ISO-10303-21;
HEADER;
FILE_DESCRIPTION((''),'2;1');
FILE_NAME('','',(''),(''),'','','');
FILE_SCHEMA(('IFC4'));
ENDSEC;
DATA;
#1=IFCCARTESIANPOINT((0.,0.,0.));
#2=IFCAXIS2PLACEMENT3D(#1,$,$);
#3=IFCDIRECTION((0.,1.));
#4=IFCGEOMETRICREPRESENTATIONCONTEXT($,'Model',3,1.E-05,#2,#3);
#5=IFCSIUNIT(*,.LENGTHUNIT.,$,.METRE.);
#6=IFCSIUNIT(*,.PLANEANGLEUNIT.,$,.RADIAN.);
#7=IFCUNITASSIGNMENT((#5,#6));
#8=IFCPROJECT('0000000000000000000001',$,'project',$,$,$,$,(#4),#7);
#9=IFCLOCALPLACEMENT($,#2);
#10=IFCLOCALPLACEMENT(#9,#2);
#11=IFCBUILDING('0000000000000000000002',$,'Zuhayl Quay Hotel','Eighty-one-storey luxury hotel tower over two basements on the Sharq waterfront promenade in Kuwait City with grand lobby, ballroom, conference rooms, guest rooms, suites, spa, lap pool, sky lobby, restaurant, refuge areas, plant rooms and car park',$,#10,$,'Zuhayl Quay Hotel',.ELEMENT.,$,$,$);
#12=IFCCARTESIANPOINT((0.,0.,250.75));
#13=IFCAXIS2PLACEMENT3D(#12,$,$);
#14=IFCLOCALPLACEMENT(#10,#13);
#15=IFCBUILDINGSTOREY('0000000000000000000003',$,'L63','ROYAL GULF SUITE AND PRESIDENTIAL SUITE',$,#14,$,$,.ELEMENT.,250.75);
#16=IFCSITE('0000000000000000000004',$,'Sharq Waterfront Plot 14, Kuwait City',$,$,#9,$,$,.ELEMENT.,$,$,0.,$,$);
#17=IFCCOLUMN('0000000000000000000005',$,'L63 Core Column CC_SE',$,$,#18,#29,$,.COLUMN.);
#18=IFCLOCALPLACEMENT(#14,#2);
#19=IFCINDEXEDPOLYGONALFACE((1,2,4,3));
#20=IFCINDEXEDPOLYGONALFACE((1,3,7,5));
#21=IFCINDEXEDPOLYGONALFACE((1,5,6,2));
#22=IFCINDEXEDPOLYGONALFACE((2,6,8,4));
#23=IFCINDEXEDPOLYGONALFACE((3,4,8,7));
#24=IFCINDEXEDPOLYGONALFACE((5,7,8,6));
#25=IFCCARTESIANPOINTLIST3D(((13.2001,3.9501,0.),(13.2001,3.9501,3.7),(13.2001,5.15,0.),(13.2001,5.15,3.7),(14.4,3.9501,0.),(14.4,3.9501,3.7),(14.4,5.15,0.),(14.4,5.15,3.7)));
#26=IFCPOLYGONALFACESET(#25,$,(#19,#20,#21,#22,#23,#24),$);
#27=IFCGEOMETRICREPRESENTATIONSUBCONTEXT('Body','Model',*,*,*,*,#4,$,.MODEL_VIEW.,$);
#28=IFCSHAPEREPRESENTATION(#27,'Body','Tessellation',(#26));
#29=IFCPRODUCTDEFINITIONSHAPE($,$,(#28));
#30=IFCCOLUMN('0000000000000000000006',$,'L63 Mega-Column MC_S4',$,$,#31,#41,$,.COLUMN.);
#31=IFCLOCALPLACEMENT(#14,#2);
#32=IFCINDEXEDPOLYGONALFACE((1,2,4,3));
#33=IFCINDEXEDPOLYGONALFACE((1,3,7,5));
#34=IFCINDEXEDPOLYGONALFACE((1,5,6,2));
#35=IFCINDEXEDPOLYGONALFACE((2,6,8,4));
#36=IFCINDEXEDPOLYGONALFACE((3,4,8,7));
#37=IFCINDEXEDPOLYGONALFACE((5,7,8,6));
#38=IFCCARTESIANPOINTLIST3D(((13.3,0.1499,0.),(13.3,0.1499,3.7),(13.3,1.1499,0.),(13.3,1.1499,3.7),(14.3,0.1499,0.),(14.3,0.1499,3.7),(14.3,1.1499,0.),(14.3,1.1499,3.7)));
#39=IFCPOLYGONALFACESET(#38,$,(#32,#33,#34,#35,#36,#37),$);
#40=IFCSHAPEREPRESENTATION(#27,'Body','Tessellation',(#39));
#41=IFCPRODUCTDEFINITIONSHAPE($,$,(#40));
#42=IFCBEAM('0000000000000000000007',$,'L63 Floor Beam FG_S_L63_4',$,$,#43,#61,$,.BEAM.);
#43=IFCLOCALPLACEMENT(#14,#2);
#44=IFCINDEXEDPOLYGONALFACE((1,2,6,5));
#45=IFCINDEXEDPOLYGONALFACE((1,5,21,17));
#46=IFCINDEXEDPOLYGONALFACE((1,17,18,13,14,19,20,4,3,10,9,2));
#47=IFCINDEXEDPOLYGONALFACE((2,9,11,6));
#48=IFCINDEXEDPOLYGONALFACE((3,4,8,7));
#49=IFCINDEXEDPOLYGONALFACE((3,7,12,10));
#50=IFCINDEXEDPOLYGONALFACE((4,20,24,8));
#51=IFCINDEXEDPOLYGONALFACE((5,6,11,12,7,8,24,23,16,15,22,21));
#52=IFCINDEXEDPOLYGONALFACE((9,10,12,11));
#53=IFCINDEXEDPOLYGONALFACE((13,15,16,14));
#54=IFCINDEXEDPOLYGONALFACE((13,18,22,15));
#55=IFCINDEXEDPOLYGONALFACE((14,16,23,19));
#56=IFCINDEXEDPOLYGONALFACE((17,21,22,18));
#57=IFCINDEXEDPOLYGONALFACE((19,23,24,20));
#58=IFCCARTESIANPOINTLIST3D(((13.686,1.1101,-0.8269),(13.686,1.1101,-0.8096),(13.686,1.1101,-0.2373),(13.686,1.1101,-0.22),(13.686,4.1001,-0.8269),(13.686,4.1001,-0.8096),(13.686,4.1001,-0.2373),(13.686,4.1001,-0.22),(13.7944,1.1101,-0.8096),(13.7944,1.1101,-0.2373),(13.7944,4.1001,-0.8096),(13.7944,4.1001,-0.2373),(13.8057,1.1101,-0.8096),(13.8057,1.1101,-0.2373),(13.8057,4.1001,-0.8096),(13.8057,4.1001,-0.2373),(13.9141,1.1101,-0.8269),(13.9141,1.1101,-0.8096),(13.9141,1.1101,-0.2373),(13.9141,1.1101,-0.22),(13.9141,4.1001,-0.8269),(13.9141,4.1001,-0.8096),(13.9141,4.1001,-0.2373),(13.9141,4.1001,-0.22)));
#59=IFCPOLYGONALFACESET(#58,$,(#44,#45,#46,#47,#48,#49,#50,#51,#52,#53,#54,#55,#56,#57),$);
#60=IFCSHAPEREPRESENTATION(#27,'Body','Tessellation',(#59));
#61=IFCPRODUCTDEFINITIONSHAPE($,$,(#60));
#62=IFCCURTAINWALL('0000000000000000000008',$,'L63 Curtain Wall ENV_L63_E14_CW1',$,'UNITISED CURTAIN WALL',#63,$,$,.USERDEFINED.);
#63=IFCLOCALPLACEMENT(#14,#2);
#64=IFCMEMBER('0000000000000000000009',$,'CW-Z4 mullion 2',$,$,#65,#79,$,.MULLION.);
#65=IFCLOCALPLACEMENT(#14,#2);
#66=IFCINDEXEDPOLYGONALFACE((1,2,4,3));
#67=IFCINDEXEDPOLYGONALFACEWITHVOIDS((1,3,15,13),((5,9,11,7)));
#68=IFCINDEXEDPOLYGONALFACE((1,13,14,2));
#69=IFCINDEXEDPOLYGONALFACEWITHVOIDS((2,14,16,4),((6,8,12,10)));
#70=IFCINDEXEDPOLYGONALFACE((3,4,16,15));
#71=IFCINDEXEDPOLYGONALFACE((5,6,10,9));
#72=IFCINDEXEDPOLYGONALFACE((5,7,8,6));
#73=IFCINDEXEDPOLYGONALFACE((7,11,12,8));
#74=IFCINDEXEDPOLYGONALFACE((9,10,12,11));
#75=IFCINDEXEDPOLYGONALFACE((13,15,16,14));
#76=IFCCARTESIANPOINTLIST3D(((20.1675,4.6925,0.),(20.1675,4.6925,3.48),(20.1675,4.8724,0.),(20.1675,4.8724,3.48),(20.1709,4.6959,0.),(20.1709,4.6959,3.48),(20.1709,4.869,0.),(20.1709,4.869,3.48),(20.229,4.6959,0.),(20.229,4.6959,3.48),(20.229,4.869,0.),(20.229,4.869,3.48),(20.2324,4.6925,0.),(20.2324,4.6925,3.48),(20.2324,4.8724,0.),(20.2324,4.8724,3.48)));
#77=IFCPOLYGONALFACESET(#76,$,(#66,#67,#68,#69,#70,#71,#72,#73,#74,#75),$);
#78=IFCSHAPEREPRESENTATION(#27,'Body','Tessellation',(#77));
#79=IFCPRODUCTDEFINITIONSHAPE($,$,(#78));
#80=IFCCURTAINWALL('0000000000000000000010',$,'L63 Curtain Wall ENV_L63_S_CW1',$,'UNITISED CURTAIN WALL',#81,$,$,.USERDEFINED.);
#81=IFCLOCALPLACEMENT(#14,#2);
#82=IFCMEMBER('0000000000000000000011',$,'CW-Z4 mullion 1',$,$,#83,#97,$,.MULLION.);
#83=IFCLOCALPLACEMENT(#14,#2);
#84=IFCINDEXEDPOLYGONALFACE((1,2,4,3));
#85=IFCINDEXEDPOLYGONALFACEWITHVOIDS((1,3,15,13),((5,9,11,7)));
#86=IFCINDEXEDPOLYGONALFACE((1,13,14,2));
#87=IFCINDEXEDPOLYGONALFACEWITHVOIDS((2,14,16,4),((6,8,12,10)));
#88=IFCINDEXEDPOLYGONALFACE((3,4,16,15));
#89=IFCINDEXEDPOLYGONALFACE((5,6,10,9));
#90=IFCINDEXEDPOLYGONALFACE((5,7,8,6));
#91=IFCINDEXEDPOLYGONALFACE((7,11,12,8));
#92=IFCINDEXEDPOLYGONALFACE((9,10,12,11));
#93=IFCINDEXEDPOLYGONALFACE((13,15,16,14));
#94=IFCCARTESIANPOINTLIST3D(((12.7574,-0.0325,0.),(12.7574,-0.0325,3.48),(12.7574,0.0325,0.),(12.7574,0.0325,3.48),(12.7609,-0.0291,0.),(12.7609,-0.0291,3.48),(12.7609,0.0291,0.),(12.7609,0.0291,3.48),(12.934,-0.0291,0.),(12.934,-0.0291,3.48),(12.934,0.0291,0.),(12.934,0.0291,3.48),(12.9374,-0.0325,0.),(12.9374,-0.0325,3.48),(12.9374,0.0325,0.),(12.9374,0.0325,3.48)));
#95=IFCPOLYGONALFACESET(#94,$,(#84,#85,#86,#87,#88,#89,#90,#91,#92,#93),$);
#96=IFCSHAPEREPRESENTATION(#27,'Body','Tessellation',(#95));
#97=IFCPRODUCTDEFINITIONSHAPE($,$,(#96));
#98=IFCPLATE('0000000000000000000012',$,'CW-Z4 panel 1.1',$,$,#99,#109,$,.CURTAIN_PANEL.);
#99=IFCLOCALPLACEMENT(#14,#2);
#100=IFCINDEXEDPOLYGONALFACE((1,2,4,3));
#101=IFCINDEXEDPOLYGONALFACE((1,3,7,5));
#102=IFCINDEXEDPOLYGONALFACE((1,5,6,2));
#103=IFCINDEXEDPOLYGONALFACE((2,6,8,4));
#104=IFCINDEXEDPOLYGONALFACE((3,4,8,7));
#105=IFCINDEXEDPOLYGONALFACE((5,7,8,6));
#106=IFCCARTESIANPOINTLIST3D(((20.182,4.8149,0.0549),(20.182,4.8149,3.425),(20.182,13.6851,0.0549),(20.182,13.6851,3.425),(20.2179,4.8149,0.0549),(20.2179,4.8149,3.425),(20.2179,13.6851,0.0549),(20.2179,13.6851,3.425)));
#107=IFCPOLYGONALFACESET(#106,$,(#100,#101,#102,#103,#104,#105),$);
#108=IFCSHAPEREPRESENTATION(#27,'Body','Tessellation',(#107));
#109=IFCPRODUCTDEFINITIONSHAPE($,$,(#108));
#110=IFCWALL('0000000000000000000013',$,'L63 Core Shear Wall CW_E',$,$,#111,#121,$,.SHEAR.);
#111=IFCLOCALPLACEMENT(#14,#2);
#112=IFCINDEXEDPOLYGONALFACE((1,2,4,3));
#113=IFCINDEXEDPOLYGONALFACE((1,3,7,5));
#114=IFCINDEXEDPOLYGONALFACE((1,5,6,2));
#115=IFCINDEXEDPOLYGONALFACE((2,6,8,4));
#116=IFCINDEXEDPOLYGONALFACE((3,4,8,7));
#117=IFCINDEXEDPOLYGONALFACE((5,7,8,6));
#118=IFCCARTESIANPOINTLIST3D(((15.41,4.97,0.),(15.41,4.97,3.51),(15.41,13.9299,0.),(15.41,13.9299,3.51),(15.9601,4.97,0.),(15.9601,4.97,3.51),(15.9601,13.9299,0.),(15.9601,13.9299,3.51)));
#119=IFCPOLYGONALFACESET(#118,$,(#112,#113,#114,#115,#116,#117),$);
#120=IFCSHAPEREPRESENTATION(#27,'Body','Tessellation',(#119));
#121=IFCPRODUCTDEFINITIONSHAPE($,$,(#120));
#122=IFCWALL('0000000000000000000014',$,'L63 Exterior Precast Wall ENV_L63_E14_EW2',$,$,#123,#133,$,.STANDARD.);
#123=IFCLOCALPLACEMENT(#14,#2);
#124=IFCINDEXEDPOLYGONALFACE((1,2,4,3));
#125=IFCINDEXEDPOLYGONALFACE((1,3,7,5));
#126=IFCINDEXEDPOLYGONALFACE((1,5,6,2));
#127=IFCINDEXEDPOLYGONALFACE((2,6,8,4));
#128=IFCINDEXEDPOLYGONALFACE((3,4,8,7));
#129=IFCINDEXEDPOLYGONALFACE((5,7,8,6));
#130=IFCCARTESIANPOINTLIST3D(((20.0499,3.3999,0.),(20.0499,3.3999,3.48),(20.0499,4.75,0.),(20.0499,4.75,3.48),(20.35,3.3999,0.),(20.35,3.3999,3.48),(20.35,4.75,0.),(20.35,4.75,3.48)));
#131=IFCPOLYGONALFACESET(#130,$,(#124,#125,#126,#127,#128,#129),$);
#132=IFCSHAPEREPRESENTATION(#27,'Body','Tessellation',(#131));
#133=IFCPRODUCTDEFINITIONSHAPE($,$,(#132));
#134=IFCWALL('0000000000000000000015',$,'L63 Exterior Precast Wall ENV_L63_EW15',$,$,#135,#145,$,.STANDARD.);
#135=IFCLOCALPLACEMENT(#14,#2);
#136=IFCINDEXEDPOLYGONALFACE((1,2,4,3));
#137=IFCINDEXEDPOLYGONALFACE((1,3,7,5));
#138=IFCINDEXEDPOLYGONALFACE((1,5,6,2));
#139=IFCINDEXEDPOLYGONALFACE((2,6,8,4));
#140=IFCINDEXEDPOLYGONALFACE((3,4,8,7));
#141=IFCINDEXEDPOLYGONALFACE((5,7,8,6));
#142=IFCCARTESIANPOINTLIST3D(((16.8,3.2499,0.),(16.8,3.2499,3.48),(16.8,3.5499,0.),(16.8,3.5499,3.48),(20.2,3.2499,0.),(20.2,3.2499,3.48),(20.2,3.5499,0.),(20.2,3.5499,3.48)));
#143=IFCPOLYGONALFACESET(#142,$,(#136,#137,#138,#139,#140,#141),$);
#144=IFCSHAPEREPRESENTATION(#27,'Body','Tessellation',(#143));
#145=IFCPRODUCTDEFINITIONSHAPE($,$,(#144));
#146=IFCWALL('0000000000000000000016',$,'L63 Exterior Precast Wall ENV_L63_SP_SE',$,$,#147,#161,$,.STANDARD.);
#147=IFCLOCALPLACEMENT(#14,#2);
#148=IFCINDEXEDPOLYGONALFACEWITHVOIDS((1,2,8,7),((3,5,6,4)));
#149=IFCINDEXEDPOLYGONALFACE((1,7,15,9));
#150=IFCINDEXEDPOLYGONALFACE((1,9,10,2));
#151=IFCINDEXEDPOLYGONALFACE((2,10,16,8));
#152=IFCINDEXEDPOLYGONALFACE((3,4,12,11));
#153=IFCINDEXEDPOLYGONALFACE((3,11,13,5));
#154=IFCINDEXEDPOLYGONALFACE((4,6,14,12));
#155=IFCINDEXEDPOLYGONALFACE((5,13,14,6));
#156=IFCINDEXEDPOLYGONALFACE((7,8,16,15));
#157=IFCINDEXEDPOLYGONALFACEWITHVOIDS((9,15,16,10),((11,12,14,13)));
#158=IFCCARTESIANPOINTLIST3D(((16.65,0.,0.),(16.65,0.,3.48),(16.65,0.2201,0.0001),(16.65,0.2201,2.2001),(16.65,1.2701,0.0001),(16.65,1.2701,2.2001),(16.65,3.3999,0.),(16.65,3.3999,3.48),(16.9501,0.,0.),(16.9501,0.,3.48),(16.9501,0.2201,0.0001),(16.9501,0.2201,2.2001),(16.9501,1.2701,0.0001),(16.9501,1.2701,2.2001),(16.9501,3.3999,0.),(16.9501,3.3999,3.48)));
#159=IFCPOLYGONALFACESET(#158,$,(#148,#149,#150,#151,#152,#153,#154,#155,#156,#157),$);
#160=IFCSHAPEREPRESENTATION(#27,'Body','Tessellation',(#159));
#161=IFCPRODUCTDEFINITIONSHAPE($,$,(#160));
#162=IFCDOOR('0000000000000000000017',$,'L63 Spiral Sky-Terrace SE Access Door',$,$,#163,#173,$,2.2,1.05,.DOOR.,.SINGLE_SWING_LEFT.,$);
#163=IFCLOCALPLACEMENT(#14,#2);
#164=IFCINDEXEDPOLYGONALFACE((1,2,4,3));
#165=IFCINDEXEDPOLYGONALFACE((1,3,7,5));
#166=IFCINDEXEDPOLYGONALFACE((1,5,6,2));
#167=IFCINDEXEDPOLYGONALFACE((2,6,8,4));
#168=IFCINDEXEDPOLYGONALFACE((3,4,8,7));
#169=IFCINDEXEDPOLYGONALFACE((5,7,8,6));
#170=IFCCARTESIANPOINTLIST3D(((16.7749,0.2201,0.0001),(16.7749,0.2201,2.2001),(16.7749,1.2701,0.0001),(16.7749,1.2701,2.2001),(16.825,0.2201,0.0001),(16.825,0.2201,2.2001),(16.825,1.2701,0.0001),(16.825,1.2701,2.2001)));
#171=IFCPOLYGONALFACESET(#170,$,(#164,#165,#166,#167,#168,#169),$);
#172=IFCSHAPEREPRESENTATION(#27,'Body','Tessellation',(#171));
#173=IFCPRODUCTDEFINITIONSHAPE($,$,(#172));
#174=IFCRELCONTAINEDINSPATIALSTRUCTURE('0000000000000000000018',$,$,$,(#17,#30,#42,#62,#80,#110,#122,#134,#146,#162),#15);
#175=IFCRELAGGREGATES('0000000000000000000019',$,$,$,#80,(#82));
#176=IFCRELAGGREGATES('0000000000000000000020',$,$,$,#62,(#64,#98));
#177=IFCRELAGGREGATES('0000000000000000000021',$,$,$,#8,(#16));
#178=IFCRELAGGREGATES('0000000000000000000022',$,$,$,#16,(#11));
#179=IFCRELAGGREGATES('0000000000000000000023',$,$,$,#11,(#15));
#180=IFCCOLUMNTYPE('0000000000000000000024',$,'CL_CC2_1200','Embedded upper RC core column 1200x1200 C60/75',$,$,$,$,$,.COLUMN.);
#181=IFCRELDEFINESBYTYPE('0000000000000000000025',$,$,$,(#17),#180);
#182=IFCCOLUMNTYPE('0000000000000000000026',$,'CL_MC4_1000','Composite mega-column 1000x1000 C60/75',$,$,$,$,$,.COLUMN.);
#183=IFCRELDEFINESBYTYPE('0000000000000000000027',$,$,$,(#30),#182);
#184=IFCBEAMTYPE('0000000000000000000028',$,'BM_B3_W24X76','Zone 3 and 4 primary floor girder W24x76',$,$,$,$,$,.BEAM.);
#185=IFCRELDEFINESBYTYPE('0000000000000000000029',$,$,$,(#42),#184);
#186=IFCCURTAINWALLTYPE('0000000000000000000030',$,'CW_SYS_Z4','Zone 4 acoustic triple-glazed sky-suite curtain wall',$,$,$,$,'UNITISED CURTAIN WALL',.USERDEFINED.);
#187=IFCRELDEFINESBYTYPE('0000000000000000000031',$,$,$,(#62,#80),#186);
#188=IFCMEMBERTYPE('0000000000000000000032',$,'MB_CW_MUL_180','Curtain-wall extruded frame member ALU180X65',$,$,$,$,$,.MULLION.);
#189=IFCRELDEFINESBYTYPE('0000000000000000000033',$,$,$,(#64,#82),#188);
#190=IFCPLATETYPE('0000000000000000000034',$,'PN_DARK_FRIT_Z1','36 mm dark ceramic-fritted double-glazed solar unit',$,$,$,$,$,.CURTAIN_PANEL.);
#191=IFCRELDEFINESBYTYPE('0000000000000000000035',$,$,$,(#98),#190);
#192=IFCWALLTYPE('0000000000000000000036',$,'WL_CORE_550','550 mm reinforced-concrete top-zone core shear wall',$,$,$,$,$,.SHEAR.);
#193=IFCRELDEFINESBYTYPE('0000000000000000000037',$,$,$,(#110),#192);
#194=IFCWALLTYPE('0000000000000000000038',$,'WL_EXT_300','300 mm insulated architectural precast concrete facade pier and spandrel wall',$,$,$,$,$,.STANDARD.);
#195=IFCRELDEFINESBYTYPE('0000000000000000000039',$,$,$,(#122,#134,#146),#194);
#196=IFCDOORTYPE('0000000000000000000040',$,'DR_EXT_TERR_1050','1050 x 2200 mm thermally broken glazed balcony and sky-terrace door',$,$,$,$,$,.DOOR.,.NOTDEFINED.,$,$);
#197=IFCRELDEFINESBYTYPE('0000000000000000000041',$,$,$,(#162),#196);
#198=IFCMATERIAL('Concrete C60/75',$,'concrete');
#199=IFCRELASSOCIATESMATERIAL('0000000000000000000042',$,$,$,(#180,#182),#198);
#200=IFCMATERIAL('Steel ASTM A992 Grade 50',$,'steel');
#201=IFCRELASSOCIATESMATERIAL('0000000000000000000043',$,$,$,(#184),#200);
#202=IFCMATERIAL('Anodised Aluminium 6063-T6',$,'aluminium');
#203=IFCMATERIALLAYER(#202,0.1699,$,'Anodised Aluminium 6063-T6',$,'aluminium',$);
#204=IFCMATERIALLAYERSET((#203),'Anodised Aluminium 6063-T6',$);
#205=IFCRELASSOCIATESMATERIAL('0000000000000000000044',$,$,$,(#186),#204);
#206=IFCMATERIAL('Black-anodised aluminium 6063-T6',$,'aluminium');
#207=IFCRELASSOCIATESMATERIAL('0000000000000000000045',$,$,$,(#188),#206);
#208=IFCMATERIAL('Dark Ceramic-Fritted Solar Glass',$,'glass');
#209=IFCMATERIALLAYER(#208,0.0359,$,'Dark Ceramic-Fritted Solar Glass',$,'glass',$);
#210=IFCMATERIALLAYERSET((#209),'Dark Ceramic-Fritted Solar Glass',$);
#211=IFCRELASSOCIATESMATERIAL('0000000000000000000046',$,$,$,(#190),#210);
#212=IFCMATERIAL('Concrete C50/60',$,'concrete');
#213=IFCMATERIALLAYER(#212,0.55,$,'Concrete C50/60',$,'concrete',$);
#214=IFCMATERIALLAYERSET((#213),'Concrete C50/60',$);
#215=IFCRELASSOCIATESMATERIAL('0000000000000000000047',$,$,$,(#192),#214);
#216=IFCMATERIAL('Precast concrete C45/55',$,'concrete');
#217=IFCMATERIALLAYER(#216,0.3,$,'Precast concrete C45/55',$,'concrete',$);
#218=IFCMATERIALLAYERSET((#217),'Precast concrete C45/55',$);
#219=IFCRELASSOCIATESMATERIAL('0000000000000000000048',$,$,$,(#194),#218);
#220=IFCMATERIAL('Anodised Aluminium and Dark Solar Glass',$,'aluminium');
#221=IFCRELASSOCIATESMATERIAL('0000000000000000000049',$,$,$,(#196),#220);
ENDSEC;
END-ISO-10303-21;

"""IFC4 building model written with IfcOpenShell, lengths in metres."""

from ifc_helpers import new_model, si_unit, direction, frame, frame_2d, origin, origin_2d, place, context, subcontext, project, spatial, rectangle, hollow_rectangle, i_section, extrude, material, layer, layer_set, material_profile, profile_set, type_object, element, fill, aggregate, save


model = new_model("IFC4")

# Units and contexts
model_context = context("Model", 3, precision=1e-05, world=origin(), true_north=direction((0.0, 1.0)))
body_context = subcontext(model_context, "Body", "Model", "MODEL_VIEW")
ifc_project = project(units=[si_unit("LENGTHUNIT", "METRE"), si_unit("PLANEANGLEUNIT", "RADIAN")], contexts=[model_context])

# Site, building, storey
site_placement = place(None, origin())
site = spatial("IfcSite", under=ifc_project, at=site_placement, Name="Sharq Waterfront Plot 14, Kuwait City", CompositionType="ELEMENT", RefElevation=0.0)
building_placement = place(site_placement, origin())
building = spatial("IfcBuilding", under=site, at=building_placement, Name="Zuhayl Quay Hotel", Description="Eighty-one-storey luxury hotel tower over two basements on the Sharq waterfront promenade in Kuwait City with grand lobby, ballroom, conference rooms, guest rooms, suites, spa, lap pool, sky lobby, restaurant, refuge areas, plant rooms and car park", LongName="Zuhayl Quay Hotel", CompositionType="ELEMENT")
storey_placement = place(building_placement, frame((0.0, 0.0, 250.75)))
storey = spatial("IfcBuildingStorey", under=building, at=storey_placement, Name="L63", Description="ROYAL GULF SUITE AND PRESIDENTIAL SUITE", CompositionType="ELEMENT", Elevation=250.75)

# Columns
ifc_material_1 = material(Name="Concrete C60/75", Category="concrete")
ifc_material_profile_1 = material_profile(ifc_material_1, rectangle(XDim=1.2, YDim=1.2, at=origin_2d()), Name="RC1200X1200")
ifc_profile_set_1 = profile_set([ifc_material_profile_1], Name="Concrete C60/75")
column_type_1 = type_object("IfcColumnType", Name="CL_CC2_1200", Description="Embedded upper RC core column 1200x1200 C60/75", PredefinedType="COLUMN", material=ifc_profile_set_1)
column_1_placement = place(storey_placement, frame((13.8, 4.55, 0.0), z_axis=(0.0, 0.0, 1.0), x_axis=(1.0, 0.0, 0.0)))
element("IfcColumn", 1, at=column_1_placement, inside=storey, type_object=column_type_1, Name="L63 Core Column CC_SE", PredefinedType="COLUMN", context=body_context, shape_type="SweptSolid", body=[
    extrude(rectangle(XDim=1.2, YDim=1.2, at=origin_2d()), origin(), (0.0, 0.0, 1.0), 3.7),
])
ifc_material_profile_2 = material_profile(ifc_material_1, rectangle(XDim=1.0, YDim=1.0, at=origin_2d()), Name="RC1000X1000")
ifc_profile_set_2 = profile_set([ifc_material_profile_2], Name="Concrete C60/75")
column_type_2 = type_object("IfcColumnType", Name="CL_MC4_1000", Description="Composite mega-column 1000x1000 C60/75", PredefinedType="COLUMN", material=ifc_profile_set_2)
column_2_placement = place(storey_placement, frame((13.8, 0.6499, 0.0), z_axis=(0.0, 0.0, 1.0), x_axis=(1.0, 0.0, 0.0)))
element("IfcColumn", 2, at=column_2_placement, inside=storey, type_object=column_type_2, Name="L63 Mega-Column MC_S4", PredefinedType="COLUMN", context=body_context, shape_type="SweptSolid", body=[
    extrude(rectangle(XDim=1.0, YDim=1.0, at=origin_2d()), origin(), (0.0, 0.0, 1.0), 3.7),
])

# Beam
ifc_material_2 = material(Name="Steel ASTM A992 Grade 50", Category="steel")
ifc_material_profile_3 = material_profile(ifc_material_2, i_section(OverallWidth=0.228, OverallDepth=0.6069, WebThickness=0.0112, FlangeThickness=0.0173, at=origin_2d()), Name="W24X76")
ifc_profile_set_3 = profile_set([ifc_material_profile_3], Name="Steel ASTM A992 Grade 50")
beam_type = type_object("IfcBeamType", Name="BM_B3_W24X76", Description="Zone 3 and 4 primary floor girder W24x76", PredefinedType="BEAM", material=ifc_profile_set_3)
beam_placement = place(storey_placement, frame((13.8, 1.1101, -0.5234), z_axis=(0.0, 1.0, 0.0), x_axis=(-1.0, 0.0, 0.0)))
element("IfcBeam", 3, at=beam_placement, inside=storey, type_object=beam_type, Name="L63 Floor Beam FG_S_L63_4", PredefinedType="BEAM", context=body_context, shape_type="SweptSolid", body=[
    extrude(i_section(OverallWidth=0.228, OverallDepth=0.6069, WebThickness=0.0112, FlangeThickness=0.0173, at=origin_2d()), origin(), (0.0, 0.0, 1.0), 2.99),
])

# Curtain walls, members
ifc_material_3 = material(Name="Anodised Aluminium 6063-T6", Category="aluminium")
ifc_layer_1 = layer(ifc_material_3, 0.1699, Name="Anodised Aluminium 6063-T6", Category="aluminium")
ifc_layer_set_1 = layer_set([ifc_layer_1], Name="Anodised Aluminium 6063-T6")
curtain_wall_type = type_object("IfcCurtainWallType", Name="CW_SYS_Z4", Description="Zone 4 acoustic triple-glazed sky-suite curtain wall", ElementType="UNITISED CURTAIN WALL", PredefinedType="USERDEFINED", material=ifc_layer_set_1)
curtain_wall_1_placement = place(storey_placement, origin())
curtain_wall_1 = element("IfcCurtainWall", 4, at=curtain_wall_1_placement, inside=storey, type_object=curtain_wall_type, Name="L63 Curtain Wall ENV_L63_E14_CW1", ObjectType="UNITISED CURTAIN WALL", PredefinedType="USERDEFINED")
ifc_material_4 = material(Name="Black-anodised aluminium 6063-T6", Category="aluminium")
ifc_material_profile_4 = material_profile(ifc_material_4, hollow_rectangle(XDim=0.0649, YDim=0.1799, WallThickness=0.0034, at=origin_2d()), Name="ALU180X65")
ifc_profile_set_4 = profile_set([ifc_material_profile_4], Name="Black-anodised aluminium 6063-T6")
member_type = type_object("IfcMemberType", Name="MB_CW_MUL_180", Description="Curtain-wall extruded frame member ALU180X65", PredefinedType="MULLION", material=ifc_profile_set_4)
member_1_placement = place(storey_placement, frame((20.2, 4.7825, 0.0), z_axis=(0.0, 0.0, 1.0), x_axis=(1.0, 0.0, 0.0)))
member_1 = element("IfcMember", 5, at=member_1_placement, type_object=member_type, Name="CW-Z4 mullion 2", PredefinedType="MULLION", context=body_context, shape_type="SweptSolid", body=[
    extrude(hollow_rectangle(XDim=0.0649, YDim=0.1799, WallThickness=0.0034, at=origin_2d()), origin(), (0.0, 0.0, 1.0), 3.48),
])
curtain_wall_2_placement = place(storey_placement, origin())
curtain_wall_2 = element("IfcCurtainWall", 6, at=curtain_wall_2_placement, inside=storey, type_object=curtain_wall_type, Name="L63 Curtain Wall ENV_L63_S_CW1", ObjectType="UNITISED CURTAIN WALL", PredefinedType="USERDEFINED")
member_2_placement = place(storey_placement, frame((12.8474, 0.0, 0.0), z_axis=(0.0, 0.0, 1.0), x_axis=(0.0, -1.0, 0.0)))
member_2 = element("IfcMember", 7, at=member_2_placement, type_object=member_type, Name="CW-Z4 mullion 1", PredefinedType="MULLION", context=body_context, shape_type="SweptSolid", body=[
    extrude(hollow_rectangle(XDim=0.0649, YDim=0.1799, WallThickness=0.0034, at=origin_2d()), origin(), (0.0, 0.0, 1.0), 3.48),
])
aggregate(curtain_wall_2, [member_2])

# Plate
ifc_material_5 = material(Name="Dark Ceramic-Fritted Solar Glass", Category="glass")
ifc_layer_2 = layer(ifc_material_5, 0.0359, Name="Dark Ceramic-Fritted Solar Glass", Category="glass")
ifc_layer_set_2 = layer_set([ifc_layer_2], Name="Dark Ceramic-Fritted Solar Glass")
plate_type = type_object("IfcPlateType", Name="PN_DARK_FRIT_Z1", Description="36 mm dark ceramic-fritted double-glazed solar unit", PredefinedType="CURTAIN_PANEL", material=ifc_layer_set_2)
plate_placement = place(storey_placement, frame((20.2, 9.25, 0.0549), z_axis=(0.0, 0.0, 1.0), x_axis=(0.0, -1.0, 0.0)))
plate = element("IfcPlate", 8, at=plate_placement, type_object=plate_type, Name="CW-Z4 panel 1.1", PredefinedType="CURTAIN_PANEL", context=body_context, shape_type="SweptSolid", body=[
    extrude(rectangle(XDim=8.8701, YDim=0.0359, at=origin_2d()), origin(), (0.0, 0.0, 1.0), 3.3701),
])
aggregate(curtain_wall_1, [member_1, plate])

# Walls
ifc_material_6 = material(Name="Concrete C50/60", Category="concrete")
ifc_layer_3 = layer(ifc_material_6, 0.55, Name="Concrete C50/60", Category="concrete")
ifc_layer_set_3 = layer_set([ifc_layer_3], Name="Concrete C50/60")
wall_type_1 = type_object("IfcWallType", Name="WL_CORE_550", Description="550 mm reinforced-concrete top-zone core shear wall", PredefinedType="SHEAR", material=ifc_layer_set_3)
wall_1_placement = place(storey_placement, frame((15.6851, 4.97, 0.0), z_axis=(0.0, 0.0, 1.0), x_axis=(0.0, 1.0, 0.0)))
element("IfcWall", 9, at=wall_1_placement, inside=storey, type_object=wall_type_1, Name="L63 Core Shear Wall CW_E", PredefinedType="SHEAR", context=body_context, shape_type="SweptSolid", body=[
    extrude(rectangle(XDim=8.96, YDim=0.55, at=frame_2d((4.48, 0.0))), origin(), (0.0, 0.0, 1.0), 3.51),
])
ifc_material_7 = material(Name="Precast concrete C45/55", Category="concrete")
ifc_layer_4 = layer(ifc_material_7, 0.3, Name="Precast concrete C45/55", Category="concrete")
ifc_layer_set_4 = layer_set([ifc_layer_4], Name="Precast concrete C45/55")
wall_type_2 = type_object("IfcWallType", Name="WL_EXT_300", Description="300 mm insulated architectural precast concrete facade pier and spandrel wall", PredefinedType="STANDARD", material=ifc_layer_set_4)
wall_2_placement = place(storey_placement, frame((20.2, 4.75, 0.0), z_axis=(0.0, 0.0, 1.0), x_axis=(0.0, -1.0, 0.0)))
element("IfcWall", 10, at=wall_2_placement, inside=storey, type_object=wall_type_2, Name="L63 Exterior Precast Wall ENV_L63_E14_EW2", PredefinedType="STANDARD", context=body_context, shape_type="SweptSolid", body=[
    extrude(rectangle(XDim=1.3501, YDim=0.3, at=frame_2d((0.675, 0.0))), origin(), (0.0, 0.0, 1.0), 3.48),
])
wall_3_placement = place(storey_placement, frame((20.2, 3.3999, 0.0), z_axis=(0.0, 0.0, 1.0), x_axis=(-1.0, 0.0, 0.0)))
element("IfcWall", 11, at=wall_3_placement, inside=storey, type_object=wall_type_2, Name="L63 Exterior Precast Wall ENV_L63_EW15", PredefinedType="STANDARD", context=body_context, shape_type="SweptSolid", body=[
    extrude(rectangle(XDim=3.3999, YDim=0.3, at=frame_2d((1.7, 0.0))), origin(), (0.0, 0.0, 1.0), 3.48),
])

# Wall, opening, door
wall_4_placement = place(storey_placement, frame((16.8, 3.3999, 0.0), z_axis=(0.0, 0.0, 1.0), x_axis=(0.0, -1.0, 0.0)))
wall_4 = element("IfcWall", 12, at=wall_4_placement, inside=storey, type_object=wall_type_2, Name="L63 Exterior Precast Wall ENV_L63_SP_SE", PredefinedType="STANDARD", context=body_context, shape_type="SweptSolid", body=[
    extrude(rectangle(XDim=3.3999, YDim=0.3, at=frame_2d((1.7, 0.0))), origin(), (0.0, 0.0, 1.0), 3.48),
])
opening_1_placement = place(wall_4_placement, frame((2.1299, 0.0, 0.0)))
opening_1 = element("IfcOpeningElement", 13, at=opening_1_placement, cuts=wall_4, PredefinedType="OPENING", context=body_context, shape_type="SweptSolid", body=[
    extrude(rectangle(XDim=1.05, YDim=2.2, at=frame_2d((0.5249, 1.1001))), frame((0.0, 0.1599, 0.0), z_axis=(0.0, -1.0, 0.0), x_axis=(1.0, 0.0, 0.0)), (0.0, 0.0, 1.0), 0.3201),
])
ifc_material_8 = material(Name="Anodised Aluminium and Dark Solar Glass", Category="aluminium")
door_type_1 = type_object("IfcDoorType", Name="DR_EXT_TERR_1050", Description="1050 x 2200 mm thermally broken glazed balcony and sky-terrace door", OperationType="NOTDEFINED", PredefinedType="DOOR", material=ifc_material_8)
door_1_placement = place(opening_1_placement, origin())
door_1 = element("IfcDoor", 14, at=door_1_placement, inside=storey, type_object=door_type_1, Name="L63 Spiral Sky-Terrace SE Access Door", OperationType="SINGLE_SWING_LEFT", OverallHeight=2.2, OverallWidth=1.05, PredefinedType="DOOR", context=body_context, shape_type="SweptSolid", body=[
    extrude(rectangle(XDim=1.05, YDim=2.2, at=frame_2d((0.5249, 1.1001))), frame((0.0, 0.0249, 0.0), z_axis=(0.0, -1.0, 0.0), x_axis=(1.0, 0.0, 0.0)), (0.0, 0.0, 1.0), 0.05),
])
fill(opening_1, door_1)

save(model, "model.ifc")
